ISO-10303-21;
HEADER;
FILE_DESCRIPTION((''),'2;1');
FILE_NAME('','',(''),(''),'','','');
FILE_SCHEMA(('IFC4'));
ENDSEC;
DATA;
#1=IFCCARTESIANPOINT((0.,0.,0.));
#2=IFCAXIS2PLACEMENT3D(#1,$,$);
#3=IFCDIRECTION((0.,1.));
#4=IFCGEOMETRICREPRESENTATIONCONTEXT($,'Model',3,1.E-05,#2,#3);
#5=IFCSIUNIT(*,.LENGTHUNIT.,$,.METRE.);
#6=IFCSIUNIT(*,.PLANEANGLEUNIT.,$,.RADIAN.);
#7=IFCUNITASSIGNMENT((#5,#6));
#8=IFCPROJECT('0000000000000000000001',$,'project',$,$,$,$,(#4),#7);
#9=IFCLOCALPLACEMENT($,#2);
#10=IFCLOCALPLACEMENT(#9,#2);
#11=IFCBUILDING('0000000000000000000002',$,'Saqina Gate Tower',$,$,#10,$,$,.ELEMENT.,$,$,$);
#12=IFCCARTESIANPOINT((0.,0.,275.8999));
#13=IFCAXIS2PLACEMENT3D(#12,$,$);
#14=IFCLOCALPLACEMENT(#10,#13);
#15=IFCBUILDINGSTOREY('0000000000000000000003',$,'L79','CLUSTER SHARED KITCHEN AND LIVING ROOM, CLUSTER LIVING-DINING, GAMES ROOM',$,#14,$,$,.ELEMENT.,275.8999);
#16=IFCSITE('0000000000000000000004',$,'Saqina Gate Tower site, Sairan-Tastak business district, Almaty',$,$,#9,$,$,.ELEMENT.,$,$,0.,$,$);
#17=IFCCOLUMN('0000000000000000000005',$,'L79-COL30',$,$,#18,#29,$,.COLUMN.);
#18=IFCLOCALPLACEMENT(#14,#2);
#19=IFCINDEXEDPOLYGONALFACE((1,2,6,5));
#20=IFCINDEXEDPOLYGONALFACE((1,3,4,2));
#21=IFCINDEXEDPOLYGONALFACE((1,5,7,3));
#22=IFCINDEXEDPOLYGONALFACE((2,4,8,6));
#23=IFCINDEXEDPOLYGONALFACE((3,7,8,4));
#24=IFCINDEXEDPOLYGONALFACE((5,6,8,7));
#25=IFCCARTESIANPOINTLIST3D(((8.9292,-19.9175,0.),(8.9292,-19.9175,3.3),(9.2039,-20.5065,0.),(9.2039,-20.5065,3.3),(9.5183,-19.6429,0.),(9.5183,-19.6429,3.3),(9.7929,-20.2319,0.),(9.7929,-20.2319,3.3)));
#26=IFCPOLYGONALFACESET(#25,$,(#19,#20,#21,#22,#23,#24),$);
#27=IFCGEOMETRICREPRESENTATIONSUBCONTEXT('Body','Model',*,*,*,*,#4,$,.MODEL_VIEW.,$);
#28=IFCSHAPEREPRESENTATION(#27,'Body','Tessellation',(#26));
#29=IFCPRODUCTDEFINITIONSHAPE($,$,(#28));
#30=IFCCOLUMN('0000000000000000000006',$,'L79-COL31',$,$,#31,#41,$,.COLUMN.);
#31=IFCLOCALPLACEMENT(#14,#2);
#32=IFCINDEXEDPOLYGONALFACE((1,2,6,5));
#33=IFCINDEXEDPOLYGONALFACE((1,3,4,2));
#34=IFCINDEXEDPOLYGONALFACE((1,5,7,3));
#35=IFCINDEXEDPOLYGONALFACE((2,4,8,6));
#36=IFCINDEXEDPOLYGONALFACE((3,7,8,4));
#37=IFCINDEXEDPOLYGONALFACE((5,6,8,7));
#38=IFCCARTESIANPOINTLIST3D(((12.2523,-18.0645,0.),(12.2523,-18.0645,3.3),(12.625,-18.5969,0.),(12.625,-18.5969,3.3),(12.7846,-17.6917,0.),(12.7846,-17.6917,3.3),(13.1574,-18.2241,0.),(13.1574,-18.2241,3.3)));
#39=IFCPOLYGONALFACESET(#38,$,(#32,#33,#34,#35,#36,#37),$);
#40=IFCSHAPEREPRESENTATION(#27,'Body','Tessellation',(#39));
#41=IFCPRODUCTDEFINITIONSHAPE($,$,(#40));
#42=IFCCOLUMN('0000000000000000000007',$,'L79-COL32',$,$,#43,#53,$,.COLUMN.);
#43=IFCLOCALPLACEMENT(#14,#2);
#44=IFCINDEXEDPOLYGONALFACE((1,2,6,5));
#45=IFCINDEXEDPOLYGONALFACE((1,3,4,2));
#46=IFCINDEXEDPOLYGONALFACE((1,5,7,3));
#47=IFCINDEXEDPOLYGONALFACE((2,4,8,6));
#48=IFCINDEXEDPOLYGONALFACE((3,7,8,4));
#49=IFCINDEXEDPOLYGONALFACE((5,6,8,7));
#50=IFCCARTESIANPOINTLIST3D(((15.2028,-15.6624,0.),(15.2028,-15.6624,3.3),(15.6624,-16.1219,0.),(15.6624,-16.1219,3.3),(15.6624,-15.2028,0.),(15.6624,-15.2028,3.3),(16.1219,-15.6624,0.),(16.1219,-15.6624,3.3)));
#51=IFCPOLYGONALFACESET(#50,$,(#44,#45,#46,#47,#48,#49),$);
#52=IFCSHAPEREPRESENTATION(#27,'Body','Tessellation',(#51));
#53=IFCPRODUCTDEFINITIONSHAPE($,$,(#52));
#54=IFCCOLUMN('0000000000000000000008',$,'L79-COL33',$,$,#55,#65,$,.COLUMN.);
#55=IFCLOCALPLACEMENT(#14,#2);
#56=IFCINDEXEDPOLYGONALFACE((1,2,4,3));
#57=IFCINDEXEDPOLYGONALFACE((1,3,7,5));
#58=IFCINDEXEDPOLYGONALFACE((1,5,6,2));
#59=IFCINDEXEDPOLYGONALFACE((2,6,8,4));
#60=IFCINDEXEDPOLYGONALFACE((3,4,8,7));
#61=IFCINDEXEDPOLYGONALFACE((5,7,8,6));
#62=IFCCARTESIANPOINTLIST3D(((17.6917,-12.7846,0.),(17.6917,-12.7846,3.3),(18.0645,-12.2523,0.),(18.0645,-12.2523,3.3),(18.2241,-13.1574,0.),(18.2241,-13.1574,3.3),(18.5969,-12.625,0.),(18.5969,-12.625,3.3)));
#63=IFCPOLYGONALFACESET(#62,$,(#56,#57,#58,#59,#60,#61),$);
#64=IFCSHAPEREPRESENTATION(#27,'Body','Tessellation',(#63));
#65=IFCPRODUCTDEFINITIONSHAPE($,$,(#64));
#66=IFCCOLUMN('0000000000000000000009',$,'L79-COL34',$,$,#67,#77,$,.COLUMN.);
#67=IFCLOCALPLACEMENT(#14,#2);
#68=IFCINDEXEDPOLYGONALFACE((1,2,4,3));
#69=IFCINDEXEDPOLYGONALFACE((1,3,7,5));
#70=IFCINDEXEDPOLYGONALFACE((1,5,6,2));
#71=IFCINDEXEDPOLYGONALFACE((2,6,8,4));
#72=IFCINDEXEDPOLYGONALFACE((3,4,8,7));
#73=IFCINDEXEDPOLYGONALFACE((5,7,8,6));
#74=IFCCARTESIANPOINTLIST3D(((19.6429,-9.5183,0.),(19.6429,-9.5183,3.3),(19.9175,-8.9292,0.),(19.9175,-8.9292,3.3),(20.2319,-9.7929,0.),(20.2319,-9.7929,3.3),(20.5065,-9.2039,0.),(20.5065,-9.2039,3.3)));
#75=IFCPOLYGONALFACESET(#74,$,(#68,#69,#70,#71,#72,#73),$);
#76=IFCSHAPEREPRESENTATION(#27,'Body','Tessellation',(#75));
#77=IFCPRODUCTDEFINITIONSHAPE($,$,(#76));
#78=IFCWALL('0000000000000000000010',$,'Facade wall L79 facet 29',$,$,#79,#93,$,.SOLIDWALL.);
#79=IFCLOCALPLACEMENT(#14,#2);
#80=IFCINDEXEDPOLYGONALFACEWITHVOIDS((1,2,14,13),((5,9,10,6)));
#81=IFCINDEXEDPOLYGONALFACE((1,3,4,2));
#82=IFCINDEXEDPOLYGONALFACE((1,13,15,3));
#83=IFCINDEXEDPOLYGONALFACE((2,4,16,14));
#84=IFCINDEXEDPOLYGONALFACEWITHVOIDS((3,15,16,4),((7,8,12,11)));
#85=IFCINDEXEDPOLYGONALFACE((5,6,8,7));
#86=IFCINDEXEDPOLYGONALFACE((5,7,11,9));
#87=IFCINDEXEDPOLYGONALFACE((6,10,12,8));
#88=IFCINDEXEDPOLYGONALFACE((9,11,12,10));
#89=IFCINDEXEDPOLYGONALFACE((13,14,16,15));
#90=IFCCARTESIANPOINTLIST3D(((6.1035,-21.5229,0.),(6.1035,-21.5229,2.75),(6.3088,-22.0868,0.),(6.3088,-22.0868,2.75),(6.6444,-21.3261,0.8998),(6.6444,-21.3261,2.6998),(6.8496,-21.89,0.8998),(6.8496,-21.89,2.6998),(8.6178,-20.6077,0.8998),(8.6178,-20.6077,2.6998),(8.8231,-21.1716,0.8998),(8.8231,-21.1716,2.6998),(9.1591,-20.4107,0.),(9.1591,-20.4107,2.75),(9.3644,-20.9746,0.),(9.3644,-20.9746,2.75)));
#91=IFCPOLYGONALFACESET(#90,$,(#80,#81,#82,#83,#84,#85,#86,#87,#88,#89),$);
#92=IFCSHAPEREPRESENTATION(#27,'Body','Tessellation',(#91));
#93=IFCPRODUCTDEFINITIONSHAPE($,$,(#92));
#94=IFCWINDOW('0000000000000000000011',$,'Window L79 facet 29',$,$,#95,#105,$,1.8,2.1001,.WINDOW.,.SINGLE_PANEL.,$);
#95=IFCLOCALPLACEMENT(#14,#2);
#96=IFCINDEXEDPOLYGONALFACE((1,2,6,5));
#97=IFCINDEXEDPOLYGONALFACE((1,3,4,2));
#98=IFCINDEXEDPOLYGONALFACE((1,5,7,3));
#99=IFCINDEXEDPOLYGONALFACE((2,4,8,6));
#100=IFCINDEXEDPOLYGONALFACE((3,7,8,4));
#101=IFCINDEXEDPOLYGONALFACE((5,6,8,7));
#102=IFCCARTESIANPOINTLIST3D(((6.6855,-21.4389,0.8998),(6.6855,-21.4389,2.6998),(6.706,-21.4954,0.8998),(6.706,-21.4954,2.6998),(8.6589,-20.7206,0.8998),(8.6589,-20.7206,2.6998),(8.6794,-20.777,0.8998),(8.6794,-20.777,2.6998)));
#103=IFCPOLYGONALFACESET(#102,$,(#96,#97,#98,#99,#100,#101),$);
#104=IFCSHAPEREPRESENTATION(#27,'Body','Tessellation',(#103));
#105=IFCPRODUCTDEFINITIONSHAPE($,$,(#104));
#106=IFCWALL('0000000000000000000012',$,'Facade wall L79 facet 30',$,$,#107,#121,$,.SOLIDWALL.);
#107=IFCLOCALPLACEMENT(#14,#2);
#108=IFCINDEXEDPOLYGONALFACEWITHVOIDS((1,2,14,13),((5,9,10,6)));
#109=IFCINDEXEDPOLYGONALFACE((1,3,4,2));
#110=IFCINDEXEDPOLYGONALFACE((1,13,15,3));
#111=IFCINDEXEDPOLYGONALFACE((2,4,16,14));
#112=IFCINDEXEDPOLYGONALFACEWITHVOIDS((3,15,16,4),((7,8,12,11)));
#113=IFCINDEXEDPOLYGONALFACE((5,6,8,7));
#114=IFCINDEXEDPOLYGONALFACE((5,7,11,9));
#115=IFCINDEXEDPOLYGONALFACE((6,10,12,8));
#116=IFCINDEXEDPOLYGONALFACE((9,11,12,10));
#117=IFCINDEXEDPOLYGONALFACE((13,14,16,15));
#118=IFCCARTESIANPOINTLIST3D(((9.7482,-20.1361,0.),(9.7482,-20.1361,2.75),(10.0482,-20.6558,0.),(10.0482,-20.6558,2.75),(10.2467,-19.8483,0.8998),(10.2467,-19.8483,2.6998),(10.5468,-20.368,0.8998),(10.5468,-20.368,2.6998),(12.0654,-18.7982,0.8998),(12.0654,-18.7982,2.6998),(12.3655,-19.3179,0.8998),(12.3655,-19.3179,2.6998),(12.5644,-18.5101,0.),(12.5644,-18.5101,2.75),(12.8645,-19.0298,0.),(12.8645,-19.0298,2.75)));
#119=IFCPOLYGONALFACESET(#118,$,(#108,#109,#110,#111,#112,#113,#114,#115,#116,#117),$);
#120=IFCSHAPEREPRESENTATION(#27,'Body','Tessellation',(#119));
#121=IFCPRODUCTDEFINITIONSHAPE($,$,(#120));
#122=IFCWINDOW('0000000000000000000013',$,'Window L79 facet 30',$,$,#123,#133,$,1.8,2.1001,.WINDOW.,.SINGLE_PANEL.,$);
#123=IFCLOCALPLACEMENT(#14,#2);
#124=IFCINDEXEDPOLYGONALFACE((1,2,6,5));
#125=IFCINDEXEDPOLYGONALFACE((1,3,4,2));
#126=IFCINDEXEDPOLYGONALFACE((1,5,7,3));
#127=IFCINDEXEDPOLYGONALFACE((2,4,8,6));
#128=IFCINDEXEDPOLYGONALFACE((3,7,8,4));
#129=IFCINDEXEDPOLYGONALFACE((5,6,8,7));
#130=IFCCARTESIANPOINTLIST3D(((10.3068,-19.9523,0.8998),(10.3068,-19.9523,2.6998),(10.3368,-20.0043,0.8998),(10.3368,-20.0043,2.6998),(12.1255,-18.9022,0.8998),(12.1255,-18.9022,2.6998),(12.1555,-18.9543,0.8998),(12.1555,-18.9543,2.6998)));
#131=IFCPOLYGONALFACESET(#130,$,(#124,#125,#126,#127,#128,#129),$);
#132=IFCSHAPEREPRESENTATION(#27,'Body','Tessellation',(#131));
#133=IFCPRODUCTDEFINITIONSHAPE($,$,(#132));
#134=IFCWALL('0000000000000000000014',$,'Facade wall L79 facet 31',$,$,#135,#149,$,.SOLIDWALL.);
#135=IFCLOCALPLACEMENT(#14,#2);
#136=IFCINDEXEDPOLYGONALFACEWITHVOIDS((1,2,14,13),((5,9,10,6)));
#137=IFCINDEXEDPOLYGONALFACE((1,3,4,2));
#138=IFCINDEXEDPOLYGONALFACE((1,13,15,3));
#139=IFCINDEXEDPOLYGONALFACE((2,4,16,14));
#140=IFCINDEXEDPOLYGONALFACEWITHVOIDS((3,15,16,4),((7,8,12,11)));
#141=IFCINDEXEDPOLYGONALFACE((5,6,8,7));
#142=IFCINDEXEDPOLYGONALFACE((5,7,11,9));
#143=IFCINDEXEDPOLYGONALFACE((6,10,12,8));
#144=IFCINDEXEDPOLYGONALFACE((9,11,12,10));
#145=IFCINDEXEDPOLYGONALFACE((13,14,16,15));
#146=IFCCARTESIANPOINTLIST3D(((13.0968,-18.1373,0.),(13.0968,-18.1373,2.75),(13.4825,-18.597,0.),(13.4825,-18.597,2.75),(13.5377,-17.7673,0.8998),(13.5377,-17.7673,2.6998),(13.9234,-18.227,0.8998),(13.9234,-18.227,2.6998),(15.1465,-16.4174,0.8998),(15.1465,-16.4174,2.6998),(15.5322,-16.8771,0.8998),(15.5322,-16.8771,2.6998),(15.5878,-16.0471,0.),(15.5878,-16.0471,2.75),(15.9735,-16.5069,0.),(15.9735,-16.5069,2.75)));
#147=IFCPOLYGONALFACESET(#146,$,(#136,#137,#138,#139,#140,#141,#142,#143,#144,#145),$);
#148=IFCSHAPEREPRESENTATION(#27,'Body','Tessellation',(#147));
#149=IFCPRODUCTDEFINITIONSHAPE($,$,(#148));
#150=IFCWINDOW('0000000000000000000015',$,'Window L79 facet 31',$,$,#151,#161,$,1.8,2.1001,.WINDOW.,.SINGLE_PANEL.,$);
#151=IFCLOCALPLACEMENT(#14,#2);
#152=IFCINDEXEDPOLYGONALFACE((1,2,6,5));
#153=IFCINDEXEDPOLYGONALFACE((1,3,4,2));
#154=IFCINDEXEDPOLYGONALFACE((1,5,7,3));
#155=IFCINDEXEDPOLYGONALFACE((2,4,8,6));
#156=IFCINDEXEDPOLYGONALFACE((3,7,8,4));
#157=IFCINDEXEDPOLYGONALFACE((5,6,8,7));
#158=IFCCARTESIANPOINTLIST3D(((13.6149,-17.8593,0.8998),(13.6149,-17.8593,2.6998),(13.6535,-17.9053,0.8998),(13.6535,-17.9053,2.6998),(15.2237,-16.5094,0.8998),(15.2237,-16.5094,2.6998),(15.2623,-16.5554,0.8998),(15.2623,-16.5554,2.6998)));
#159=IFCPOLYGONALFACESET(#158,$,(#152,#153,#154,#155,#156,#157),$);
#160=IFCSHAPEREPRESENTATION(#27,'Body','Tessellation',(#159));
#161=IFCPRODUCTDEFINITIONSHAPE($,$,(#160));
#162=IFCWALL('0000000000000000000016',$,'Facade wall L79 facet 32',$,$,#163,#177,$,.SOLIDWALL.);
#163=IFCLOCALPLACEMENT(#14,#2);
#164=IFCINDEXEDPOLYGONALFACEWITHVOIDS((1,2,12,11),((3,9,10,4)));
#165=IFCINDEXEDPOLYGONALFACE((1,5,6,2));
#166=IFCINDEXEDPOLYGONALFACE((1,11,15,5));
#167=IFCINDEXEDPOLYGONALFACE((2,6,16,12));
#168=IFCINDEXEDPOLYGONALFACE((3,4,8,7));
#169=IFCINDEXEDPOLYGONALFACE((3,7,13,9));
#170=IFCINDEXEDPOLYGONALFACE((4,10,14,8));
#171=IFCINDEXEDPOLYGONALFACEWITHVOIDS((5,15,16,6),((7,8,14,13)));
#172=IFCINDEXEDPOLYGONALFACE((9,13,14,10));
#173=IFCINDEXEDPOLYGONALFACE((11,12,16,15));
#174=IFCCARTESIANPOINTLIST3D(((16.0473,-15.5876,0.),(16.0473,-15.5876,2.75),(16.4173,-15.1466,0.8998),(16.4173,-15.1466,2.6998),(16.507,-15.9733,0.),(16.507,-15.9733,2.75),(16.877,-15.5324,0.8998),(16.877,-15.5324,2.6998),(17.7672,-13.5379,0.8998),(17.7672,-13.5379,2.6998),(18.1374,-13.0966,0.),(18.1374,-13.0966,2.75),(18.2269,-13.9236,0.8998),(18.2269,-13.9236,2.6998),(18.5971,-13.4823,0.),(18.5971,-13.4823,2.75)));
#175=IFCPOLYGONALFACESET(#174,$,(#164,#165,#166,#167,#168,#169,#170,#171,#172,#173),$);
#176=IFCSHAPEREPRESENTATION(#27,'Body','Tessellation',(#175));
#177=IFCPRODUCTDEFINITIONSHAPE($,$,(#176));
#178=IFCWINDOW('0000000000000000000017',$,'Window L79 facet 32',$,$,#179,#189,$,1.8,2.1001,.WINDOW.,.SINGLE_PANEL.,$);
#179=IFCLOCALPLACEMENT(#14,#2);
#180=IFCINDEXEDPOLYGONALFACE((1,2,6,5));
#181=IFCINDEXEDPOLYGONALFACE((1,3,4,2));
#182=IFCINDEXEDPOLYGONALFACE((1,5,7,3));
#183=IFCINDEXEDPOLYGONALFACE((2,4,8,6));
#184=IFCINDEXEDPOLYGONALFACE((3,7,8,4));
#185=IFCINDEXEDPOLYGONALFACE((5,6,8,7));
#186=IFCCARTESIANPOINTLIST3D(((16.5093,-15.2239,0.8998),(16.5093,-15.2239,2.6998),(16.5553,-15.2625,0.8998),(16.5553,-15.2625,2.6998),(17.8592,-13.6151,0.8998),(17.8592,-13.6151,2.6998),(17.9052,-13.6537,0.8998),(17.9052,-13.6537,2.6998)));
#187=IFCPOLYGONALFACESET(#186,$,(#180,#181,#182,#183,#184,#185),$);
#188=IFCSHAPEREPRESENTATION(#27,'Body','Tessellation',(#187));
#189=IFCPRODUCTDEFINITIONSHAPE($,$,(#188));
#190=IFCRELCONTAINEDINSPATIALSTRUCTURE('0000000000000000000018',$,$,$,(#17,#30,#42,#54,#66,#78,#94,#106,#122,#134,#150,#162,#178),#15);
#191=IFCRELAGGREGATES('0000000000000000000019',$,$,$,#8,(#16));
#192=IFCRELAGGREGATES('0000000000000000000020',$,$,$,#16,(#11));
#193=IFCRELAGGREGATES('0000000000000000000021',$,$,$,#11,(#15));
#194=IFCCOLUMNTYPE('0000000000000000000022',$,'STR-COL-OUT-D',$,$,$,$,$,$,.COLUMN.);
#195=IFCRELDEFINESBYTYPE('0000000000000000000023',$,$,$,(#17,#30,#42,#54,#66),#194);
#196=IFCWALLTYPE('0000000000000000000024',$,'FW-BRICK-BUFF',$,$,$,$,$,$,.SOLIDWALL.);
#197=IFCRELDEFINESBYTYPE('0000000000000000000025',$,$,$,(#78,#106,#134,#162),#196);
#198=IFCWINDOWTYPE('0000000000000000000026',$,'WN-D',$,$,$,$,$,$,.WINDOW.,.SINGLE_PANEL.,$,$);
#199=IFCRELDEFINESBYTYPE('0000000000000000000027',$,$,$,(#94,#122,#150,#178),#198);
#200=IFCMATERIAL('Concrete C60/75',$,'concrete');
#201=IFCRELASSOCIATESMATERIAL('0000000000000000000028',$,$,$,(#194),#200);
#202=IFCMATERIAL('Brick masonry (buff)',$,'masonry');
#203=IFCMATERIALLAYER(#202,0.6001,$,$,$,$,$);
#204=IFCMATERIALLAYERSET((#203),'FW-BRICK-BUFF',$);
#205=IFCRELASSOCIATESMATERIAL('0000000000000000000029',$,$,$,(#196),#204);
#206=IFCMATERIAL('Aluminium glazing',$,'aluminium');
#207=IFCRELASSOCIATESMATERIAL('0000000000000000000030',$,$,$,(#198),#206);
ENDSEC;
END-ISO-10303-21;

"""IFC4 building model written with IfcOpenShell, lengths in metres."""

from ifc_helpers import new_model, si_unit, direction, frame, frame_2d, origin, origin_2d, place, context, subcontext, project, spatial, rectangle, extrude, material, layer, layer_set, material_profile, profile_set, type_object, element, fill, save


model = new_model("IFC4")

# Units and contexts
model_context = context("Model", 3, precision=1e-05, world=origin(), true_north=direction((0.0, 1.0)))
body_context = subcontext(model_context, "Body", "Model", "MODEL_VIEW")
ifc_project = project(units=[si_unit("LENGTHUNIT", "METRE"), si_unit("PLANEANGLEUNIT", "RADIAN")], contexts=[model_context])

# Site, building, storey
site_placement = place(None, origin())
site = spatial("IfcSite", under=ifc_project, at=site_placement, Name="Saqina Gate Tower site, Sairan-Tastak business district, Almaty", CompositionType="ELEMENT", RefElevation=0.0)
building_placement = place(site_placement, origin())
building = spatial("IfcBuilding", under=site, at=building_placement, Name="Saqina Gate Tower", CompositionType="ELEMENT")
storey_placement = place(building_placement, frame((0.0, 0.0, 275.8999)))
storey = spatial("IfcBuildingStorey", under=building, at=storey_placement, Name="L79", Description="CLUSTER SHARED KITCHEN AND LIVING ROOM, CLUSTER LIVING-DINING, GAMES ROOM", CompositionType="ELEMENT", Elevation=275.8999)

# Columns
ifc_material_1 = material(Name="Concrete C60/75", Category="concrete")
ifc_material_profile = material_profile(ifc_material_1, rectangle(XDim=0.6499, YDim=0.6499, at=origin_2d()), Name="RC 650x650")
ifc_profile_set = profile_set([ifc_material_profile], Name="Concrete C60/75")
column_type = type_object("IfcColumnType", Name="STR-COL-OUT-D", PredefinedType="COLUMN", material=ifc_profile_set)
for number, where, z_axis, x_axis, name in (
    (1, (9.3611, -20.0747, 0.0), (0.0, 0.0, 1.0), (0.422618, -0.906308, 0.0), "L79-COL30"),
    (2, (12.7048, -18.1443, 0.0), (0.0, 0.0, 1.0), (0.573576, -0.819152, 0.0), "L79-COL31"),
    (3, (15.6624, -15.6624, 0.0), (0.0, 0.0, 1.0), (0.707107, -0.707107, 0.0), "L79-COL32"),
    (4, (18.1443, -12.7048, 0.0), (0.0, 0.0, 1.0), (0.819152, -0.573576, 0.0), "L79-COL33"),
    (5, (20.0747, -9.3611, 0.0), (0.0, 0.0, 1.0), (0.906308, -0.422618, 0.0), "L79-COL34"),
):
    element("IfcColumn", number, at=place(storey_placement, frame(where, z_axis=z_axis, x_axis=x_axis)), inside=storey, type_object=column_type, Name=name, PredefinedType="COLUMN", context=body_context, shape_type="SweptSolid", body=[
        extrude(rectangle(XDim=0.6499, YDim=0.6499, at=origin_2d()), origin(), (0.0, 0.0, 1.0), 3.3),
    ])

# Walls, openings, windows
ifc_material_2 = material(Name="Brick masonry (buff)", Category="masonry")
ifc_layer_1 = layer(ifc_material_2, 0.6001)
ifc_layer_set_1 = layer_set([ifc_layer_1], Name="FW-BRICK-BUFF")
wall_type_1 = type_object("IfcWallType", Name="FW-BRICK-BUFF", PredefinedType="SOLIDWALL", material=ifc_layer_set_1)
wall_1_placement = place(storey_placement, frame((6.2061, -21.8049, 0.0), z_axis=(0.0, 0.0, 1.0), x_axis=(0.939679, 0.342057, 0.0)))
wall_1 = element("IfcWall", 6, at=wall_1_placement, inside=storey, type_object=wall_type_1, Name="Facade wall L79 facet 29", PredefinedType="SOLIDWALL", context=body_context, shape_type="SweptSolid", body=[
    extrude(rectangle(XDim=3.2517, YDim=0.6001, at=frame_2d((1.626, 0.0))), origin(), (0.0, 0.0, 1.0), 2.75),
])
opening_1_placement = place(wall_1_placement, frame((0.5757, 0.0, 0.8999)))
opening_1 = element("IfcOpeningElement", 7, at=opening_1_placement, cuts=wall_1, PredefinedType="OPENING", context=body_context, shape_type="SweptSolid", body=[
    extrude(rectangle(XDim=2.1001, YDim=1.8, at=frame_2d((1.05, 0.8999))), frame((0.0, 0.312, 0.0), z_axis=(0.0, -1.0, 0.0), x_axis=(1.0, 0.0, 0.0)), (0.0, 0.0, 1.0), 0.624),
])
ifc_material_3 = material(Name="Aluminium glazing", Category="aluminium")
window_type = type_object("IfcWindowType", Name="WN-D", PartitioningType="SINGLE_PANEL", PredefinedType="WINDOW", material=ifc_material_3)
window_1_placement = place(opening_1_placement, origin())
window_1 = element("IfcWindow", 8, at=window_1_placement, inside=storey, type_object=window_type, Name="Window L79 facet 29", OverallHeight=1.8, OverallWidth=2.1001, PartitioningType="SINGLE_PANEL", PredefinedType="WINDOW", context=body_context, shape_type="SweptSolid", body=[
    extrude(rectangle(XDim=2.1001, YDim=1.8, at=frame_2d((1.05, 0.8999))), frame((0.0, 0.1799, 0.0), z_axis=(0.0, -1.0, 0.0), x_axis=(1.0, 0.0, 0.0)), (0.0, 0.0, 1.0), 0.0601),
])
fill(opening_1, window_1)
wall_2_placement = place(storey_placement, frame((9.8982, -20.396, 0.0), z_axis=(0.0, 0.0, 1.0), x_axis=(0.866017, 0.500015, 0.0)))
wall_2 = element("IfcWall", 9, at=wall_2_placement, inside=storey, type_object=wall_type_1, Name="Facade wall L79 facet 30", PredefinedType="SOLIDWALL", context=body_context, shape_type="SweptSolid", body=[
    extrude(rectangle(XDim=3.252, YDim=0.6001, at=frame_2d((1.626, 0.0))), origin(), (0.0, 0.0, 1.0), 2.75),
])
opening_2_placement = place(wall_2_placement, frame((0.5757, 0.0, 0.8999)))
opening_2 = element("IfcOpeningElement", 10, at=opening_2_placement, cuts=wall_2, PredefinedType="OPENING", context=body_context, shape_type="SweptSolid", body=[
    extrude(rectangle(XDim=2.1001, YDim=1.8, at=frame_2d((1.05, 0.8999))), frame((0.0, 0.312, 0.0), z_axis=(0.0, -1.0, 0.0), x_axis=(1.0, 0.0, 0.0)), (0.0, 0.0, 1.0), 0.624),
])
window_2_placement = place(opening_2_placement, origin())
window_2 = element("IfcWindow", 11, at=window_2_placement, inside=storey, type_object=window_type, Name="Window L79 facet 30", OverallHeight=1.8, OverallWidth=2.1001, PartitioningType="SINGLE_PANEL", PredefinedType="WINDOW", context=body_context, shape_type="SweptSolid", body=[
    extrude(rectangle(XDim=2.1001, YDim=1.8, at=frame_2d((1.05, 0.8999))), frame((0.0, 0.1799, 0.0), z_axis=(0.0, -1.0, 0.0), x_axis=(1.0, 0.0, 0.0)), (0.0, 0.0, 1.0), 0.0601),
])
fill(opening_2, window_2)
wall_3_placement = place(storey_placement, frame((13.2896, -18.3672, 0.0), z_axis=(0.0, 0.0, 1.0), x_axis=(0.766057, 0.642773, 0.0)))
wall_3 = element("IfcWall", 12, at=wall_3_placement, inside=storey, type_object=wall_type_1, Name="Facade wall L79 facet 31", PredefinedType="SOLIDWALL", context=body_context, shape_type="SweptSolid", body=[
    extrude(rectangle(XDim=3.2517, YDim=0.6001, at=frame_2d((1.626, 0.0))), origin(), (0.0, 0.0, 1.0), 2.75),
])
opening_3_placement = place(wall_3_placement, frame((0.5757, 0.0, 0.8999)))
opening_3 = element("IfcOpeningElement", 13, at=opening_3_placement, cuts=wall_3, PredefinedType="OPENING", context=body_context, shape_type="SweptSolid", body=[
    extrude(rectangle(XDim=2.1001, YDim=1.8, at=frame_2d((1.05, 0.8999))), frame((0.0, 0.312, 0.0), z_axis=(0.0, -1.0, 0.0), x_axis=(1.0, 0.0, 0.0)), (0.0, 0.0, 1.0), 0.624),
])
window_3_placement = place(opening_3_placement, origin())
window_3 = element("IfcWindow", 14, at=window_3_placement, inside=storey, type_object=window_type, Name="Window L79 facet 31", OverallHeight=1.8, OverallWidth=2.1001, PartitioningType="SINGLE_PANEL", PredefinedType="WINDOW", context=body_context, shape_type="SweptSolid", body=[
    extrude(rectangle(XDim=2.1001, YDim=1.8, at=frame_2d((1.05, 0.8999))), frame((0.0, 0.1799, 0.0), z_axis=(0.0, -1.0, 0.0), x_axis=(1.0, 0.0, 0.0)), (0.0, 0.0, 1.0), 0.0601),
])
fill(opening_3, window_3)
wall_4_placement = place(storey_placement, frame((16.2771, -15.7805, 0.0), z_axis=(0.0, 0.0, 1.0), x_axis=(0.642773, 0.766057, 0.0)))
wall_4 = element("IfcWall", 15, at=wall_4_placement, inside=storey, type_object=wall_type_1, Name="Facade wall L79 facet 32", PredefinedType="SOLIDWALL", context=body_context, shape_type="SweptSolid", body=[
    extrude(rectangle(XDim=3.2517, YDim=0.6001, at=frame_2d((1.626, 0.0))), origin(), (0.0, 0.0, 1.0), 2.75),
])
opening_4_placement = place(wall_4_placement, frame((0.5757, 0.0, 0.8999)))
opening_4 = element("IfcOpeningElement", 16, at=opening_4_placement, cuts=wall_4, PredefinedType="OPENING", context=body_context, shape_type="SweptSolid", body=[
    extrude(rectangle(XDim=2.1001, YDim=1.8, at=frame_2d((1.05, 0.8999))), frame((0.0, 0.312, 0.0), z_axis=(0.0, -1.0, 0.0), x_axis=(1.0, 0.0, 0.0)), (0.0, 0.0, 1.0), 0.624),
])
window_4_placement = place(opening_4_placement, origin())
window_4 = element("IfcWindow", 17, at=window_4_placement, inside=storey, type_object=window_type, Name="Window L79 facet 32", OverallHeight=1.8, OverallWidth=2.1001, PartitioningType="SINGLE_PANEL", PredefinedType="WINDOW", context=body_context, shape_type="SweptSolid", body=[
    extrude(rectangle(XDim=2.1001, YDim=1.8, at=frame_2d((1.05, 0.8999))), frame((0.0, 0.1799, 0.0), z_axis=(0.0, -1.0, 0.0), x_axis=(1.0, 0.0, 0.0)), (0.0, 0.0, 1.0), 0.0601),
])
fill(opening_4, window_4)

save(model, "model.ifc")
